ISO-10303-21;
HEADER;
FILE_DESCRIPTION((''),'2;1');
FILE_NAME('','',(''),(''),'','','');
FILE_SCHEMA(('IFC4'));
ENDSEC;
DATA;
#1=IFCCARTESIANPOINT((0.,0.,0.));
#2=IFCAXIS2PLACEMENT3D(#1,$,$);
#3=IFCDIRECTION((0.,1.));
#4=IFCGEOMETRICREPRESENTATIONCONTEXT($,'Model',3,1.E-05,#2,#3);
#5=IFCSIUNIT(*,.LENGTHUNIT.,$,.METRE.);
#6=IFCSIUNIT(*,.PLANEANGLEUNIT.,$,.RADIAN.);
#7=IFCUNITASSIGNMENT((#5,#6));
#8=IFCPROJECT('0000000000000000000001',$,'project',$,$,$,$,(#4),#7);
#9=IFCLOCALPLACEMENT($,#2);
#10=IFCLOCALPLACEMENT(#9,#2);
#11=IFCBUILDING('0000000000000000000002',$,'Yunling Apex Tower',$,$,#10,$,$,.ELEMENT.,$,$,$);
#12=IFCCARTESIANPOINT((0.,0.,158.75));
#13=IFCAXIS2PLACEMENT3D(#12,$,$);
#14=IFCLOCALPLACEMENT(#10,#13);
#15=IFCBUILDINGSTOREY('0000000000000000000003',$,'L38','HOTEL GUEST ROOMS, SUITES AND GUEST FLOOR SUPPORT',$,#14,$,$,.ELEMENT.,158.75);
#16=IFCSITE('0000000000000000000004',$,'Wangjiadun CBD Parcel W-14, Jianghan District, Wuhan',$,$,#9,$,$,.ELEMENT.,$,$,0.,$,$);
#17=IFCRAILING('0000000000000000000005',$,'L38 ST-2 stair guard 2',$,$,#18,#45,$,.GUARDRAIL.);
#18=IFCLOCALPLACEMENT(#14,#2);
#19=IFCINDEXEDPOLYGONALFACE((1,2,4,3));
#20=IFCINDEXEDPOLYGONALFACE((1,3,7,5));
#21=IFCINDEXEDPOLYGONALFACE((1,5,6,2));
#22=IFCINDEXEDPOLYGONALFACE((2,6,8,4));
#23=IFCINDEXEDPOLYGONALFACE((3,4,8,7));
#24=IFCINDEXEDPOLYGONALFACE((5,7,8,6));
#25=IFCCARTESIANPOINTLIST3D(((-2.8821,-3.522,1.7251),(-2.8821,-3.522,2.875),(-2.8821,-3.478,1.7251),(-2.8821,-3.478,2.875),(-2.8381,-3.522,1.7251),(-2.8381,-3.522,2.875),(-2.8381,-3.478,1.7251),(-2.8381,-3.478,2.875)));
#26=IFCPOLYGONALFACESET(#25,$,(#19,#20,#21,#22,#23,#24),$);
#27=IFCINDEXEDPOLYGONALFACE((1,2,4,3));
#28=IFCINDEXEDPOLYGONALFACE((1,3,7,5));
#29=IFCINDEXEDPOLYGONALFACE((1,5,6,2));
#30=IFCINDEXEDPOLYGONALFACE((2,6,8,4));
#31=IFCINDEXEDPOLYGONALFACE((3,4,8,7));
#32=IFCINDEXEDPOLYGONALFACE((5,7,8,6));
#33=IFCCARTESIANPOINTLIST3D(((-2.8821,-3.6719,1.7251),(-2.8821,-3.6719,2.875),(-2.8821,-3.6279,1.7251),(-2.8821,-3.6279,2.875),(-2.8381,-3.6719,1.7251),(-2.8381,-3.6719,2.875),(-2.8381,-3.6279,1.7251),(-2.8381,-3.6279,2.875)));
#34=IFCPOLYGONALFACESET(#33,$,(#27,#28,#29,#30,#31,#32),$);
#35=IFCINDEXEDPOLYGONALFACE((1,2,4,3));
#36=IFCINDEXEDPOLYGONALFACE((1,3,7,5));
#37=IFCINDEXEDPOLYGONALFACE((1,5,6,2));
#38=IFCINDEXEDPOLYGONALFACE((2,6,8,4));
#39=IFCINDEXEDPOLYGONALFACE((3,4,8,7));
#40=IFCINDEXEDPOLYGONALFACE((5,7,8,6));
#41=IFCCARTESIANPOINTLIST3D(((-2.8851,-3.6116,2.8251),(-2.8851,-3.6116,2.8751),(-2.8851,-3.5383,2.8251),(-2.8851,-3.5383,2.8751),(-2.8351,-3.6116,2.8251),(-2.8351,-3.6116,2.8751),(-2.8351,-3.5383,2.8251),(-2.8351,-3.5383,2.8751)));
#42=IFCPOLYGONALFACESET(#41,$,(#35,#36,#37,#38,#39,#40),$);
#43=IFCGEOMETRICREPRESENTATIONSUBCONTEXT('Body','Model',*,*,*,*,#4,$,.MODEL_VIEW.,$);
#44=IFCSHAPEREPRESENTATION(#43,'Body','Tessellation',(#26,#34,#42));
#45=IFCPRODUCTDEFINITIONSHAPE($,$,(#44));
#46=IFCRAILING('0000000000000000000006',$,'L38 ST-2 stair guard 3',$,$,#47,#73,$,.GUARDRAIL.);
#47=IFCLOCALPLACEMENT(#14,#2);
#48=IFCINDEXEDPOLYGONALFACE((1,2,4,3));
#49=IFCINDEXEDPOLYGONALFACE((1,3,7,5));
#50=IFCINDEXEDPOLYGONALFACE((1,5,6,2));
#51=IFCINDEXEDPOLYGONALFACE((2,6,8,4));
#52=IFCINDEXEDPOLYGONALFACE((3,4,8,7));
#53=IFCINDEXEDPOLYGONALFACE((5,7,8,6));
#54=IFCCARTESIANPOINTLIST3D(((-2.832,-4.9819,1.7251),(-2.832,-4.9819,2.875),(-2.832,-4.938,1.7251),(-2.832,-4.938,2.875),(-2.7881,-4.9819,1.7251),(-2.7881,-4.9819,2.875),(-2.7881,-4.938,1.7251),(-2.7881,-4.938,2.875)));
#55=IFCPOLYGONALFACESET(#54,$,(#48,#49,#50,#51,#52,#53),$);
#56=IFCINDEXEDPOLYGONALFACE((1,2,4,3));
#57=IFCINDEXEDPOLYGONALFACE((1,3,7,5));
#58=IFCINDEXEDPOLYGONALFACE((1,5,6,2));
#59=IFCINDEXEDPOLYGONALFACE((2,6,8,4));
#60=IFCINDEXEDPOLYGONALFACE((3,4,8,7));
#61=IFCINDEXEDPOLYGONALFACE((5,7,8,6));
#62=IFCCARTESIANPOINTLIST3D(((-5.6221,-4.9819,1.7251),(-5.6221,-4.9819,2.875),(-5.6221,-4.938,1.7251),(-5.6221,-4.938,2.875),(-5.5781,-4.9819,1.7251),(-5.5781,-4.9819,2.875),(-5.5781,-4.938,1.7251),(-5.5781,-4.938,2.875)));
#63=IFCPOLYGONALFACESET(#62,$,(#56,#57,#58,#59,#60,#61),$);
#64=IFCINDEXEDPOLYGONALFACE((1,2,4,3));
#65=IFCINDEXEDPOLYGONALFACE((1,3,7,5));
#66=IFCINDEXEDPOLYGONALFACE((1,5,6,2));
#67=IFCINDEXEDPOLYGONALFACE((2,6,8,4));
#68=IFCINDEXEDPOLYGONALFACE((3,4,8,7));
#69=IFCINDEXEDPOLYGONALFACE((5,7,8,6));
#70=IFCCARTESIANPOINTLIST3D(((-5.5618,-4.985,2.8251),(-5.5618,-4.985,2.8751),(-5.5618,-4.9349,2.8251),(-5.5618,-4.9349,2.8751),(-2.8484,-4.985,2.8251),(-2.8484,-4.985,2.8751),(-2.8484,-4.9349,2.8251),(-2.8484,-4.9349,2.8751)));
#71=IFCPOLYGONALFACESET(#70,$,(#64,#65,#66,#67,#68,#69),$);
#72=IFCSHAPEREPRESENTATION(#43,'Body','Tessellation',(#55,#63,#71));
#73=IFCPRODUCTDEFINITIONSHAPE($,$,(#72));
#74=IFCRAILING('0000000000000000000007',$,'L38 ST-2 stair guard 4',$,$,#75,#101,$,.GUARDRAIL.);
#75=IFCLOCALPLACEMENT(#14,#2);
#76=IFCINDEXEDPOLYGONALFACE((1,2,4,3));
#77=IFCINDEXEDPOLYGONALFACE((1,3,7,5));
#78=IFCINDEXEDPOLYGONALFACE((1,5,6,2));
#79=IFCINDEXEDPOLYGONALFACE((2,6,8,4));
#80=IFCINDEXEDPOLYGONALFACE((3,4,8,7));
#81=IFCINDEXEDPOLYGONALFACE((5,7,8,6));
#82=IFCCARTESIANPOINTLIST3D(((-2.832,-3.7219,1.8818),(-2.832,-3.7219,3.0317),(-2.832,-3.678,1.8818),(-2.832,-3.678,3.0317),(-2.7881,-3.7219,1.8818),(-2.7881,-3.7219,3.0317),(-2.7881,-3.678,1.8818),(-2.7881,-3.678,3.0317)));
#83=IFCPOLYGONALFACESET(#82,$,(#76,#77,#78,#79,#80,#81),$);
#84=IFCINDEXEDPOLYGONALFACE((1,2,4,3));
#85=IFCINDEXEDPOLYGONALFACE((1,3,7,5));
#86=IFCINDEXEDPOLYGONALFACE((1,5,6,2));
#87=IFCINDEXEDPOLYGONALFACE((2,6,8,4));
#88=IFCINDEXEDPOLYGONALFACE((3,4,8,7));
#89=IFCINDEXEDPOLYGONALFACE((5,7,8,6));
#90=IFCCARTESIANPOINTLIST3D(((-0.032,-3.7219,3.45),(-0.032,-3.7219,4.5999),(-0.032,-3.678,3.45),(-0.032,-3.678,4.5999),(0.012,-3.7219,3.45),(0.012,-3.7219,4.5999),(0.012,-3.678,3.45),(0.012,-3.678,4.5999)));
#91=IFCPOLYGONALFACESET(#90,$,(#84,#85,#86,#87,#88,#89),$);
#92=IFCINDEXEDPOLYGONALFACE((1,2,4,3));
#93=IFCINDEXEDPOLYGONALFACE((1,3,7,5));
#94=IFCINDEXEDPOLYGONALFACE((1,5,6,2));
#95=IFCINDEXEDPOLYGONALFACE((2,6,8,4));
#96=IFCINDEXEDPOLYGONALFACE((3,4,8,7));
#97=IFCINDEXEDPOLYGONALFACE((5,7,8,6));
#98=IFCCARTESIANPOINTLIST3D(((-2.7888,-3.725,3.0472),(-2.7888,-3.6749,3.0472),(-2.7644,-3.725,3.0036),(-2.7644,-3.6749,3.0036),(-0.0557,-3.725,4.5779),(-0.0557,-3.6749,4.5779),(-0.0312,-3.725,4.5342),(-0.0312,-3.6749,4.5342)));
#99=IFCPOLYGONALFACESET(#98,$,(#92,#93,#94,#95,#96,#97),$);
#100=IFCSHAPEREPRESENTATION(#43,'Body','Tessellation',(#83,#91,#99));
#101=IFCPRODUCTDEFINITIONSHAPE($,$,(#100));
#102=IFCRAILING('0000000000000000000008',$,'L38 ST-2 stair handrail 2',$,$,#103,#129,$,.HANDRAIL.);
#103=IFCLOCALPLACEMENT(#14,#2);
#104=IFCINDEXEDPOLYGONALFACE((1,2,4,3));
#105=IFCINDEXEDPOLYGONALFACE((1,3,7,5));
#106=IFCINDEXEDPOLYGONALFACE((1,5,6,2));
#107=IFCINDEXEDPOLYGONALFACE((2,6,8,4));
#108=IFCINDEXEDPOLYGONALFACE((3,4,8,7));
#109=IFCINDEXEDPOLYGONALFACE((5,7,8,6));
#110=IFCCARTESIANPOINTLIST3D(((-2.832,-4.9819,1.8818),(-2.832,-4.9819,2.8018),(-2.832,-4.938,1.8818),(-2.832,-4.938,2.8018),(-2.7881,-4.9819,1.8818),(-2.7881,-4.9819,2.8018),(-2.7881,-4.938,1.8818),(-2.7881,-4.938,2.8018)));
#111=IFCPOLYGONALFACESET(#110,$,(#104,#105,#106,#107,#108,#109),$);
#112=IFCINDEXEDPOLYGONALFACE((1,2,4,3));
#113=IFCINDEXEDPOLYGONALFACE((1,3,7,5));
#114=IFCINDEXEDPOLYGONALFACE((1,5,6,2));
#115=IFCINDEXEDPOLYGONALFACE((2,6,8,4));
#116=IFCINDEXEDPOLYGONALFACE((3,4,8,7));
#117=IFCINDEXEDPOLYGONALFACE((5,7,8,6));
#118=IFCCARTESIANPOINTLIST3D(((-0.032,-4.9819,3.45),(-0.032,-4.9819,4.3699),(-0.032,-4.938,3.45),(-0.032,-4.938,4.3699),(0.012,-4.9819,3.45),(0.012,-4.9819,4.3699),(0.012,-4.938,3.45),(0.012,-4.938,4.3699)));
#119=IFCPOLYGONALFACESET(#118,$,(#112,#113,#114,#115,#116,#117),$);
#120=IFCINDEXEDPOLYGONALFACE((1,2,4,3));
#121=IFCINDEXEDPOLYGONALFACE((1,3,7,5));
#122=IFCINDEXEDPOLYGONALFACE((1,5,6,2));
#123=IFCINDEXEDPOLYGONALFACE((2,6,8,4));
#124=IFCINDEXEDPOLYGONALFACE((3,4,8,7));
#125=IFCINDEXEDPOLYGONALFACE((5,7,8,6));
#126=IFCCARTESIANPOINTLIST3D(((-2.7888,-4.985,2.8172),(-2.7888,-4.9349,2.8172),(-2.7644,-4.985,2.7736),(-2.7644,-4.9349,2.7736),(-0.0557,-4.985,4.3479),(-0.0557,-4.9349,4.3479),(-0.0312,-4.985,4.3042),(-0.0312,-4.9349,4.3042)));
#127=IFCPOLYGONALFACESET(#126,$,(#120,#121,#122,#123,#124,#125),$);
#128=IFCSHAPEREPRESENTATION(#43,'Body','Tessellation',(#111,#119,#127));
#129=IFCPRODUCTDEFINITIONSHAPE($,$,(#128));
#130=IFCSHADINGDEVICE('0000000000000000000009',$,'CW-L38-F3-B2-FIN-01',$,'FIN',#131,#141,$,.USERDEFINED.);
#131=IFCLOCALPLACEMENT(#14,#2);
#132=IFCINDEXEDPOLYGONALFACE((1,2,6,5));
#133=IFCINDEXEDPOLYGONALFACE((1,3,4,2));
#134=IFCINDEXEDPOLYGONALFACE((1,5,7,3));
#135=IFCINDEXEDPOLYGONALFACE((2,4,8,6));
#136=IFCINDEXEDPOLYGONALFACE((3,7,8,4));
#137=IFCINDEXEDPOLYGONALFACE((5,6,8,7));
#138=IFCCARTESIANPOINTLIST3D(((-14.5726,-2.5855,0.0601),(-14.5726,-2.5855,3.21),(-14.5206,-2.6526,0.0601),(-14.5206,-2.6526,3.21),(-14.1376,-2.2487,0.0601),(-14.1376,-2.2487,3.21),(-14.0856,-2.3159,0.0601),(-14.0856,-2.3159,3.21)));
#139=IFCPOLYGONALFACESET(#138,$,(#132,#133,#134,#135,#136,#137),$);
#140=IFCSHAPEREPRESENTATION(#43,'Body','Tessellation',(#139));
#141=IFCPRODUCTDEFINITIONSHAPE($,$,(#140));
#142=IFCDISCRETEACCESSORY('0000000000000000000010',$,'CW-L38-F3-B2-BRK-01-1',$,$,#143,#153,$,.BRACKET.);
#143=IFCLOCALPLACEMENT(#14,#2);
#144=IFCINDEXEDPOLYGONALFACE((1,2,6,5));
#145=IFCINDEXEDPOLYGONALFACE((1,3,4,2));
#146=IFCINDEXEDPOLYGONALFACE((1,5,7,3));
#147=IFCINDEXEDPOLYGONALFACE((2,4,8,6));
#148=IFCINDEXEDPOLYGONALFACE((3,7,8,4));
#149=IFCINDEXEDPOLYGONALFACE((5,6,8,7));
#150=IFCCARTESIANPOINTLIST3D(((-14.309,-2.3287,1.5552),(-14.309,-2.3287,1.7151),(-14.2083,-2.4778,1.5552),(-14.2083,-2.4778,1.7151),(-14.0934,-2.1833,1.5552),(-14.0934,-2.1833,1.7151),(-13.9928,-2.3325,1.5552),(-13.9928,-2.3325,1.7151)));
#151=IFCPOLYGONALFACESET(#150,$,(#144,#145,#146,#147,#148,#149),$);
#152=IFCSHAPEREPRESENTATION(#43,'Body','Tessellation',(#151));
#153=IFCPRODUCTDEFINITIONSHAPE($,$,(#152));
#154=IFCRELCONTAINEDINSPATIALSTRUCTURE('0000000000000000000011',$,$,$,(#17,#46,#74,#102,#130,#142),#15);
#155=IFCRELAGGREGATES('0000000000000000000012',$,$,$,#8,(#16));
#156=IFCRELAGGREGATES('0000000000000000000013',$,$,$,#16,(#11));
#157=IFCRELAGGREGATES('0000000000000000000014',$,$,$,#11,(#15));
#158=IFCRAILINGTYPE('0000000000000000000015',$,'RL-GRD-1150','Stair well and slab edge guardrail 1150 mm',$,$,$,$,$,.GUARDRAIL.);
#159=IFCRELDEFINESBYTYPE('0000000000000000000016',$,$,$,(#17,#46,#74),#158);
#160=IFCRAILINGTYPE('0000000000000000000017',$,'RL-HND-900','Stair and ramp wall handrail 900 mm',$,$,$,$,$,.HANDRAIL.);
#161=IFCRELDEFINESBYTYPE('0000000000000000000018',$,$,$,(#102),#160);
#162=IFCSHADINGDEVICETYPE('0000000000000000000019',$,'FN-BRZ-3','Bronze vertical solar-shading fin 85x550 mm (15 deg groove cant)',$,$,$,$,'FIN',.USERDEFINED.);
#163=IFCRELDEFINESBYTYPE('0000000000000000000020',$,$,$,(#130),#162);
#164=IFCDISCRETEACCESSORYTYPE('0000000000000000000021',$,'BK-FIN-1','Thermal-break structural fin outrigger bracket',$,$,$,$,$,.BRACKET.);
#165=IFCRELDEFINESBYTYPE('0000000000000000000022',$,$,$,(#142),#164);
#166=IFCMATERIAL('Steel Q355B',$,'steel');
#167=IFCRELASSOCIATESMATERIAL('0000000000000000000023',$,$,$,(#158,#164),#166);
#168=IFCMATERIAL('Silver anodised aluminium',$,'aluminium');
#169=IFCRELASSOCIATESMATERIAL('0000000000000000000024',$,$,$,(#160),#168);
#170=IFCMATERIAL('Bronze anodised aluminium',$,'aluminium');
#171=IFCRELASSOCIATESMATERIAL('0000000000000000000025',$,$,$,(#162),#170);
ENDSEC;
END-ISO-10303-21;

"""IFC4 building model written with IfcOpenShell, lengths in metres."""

from ifc_helpers import new_model, si_unit, direction, frame, origin, origin_2d, place, context, subcontext, project, spatial, rectangle, extrude, source, transform, mapped, material, material_profile, profile_set, type_object, element, save


model = new_model("IFC4")

# Units and contexts
model_context = context("Model", 3, precision=1e-05, world=origin(), true_north=direction((0.0, 1.0)))
body_context = subcontext(model_context, "Body", "Model", "MODEL_VIEW")
ifc_project = project(units=[si_unit("LENGTHUNIT", "METRE"), si_unit("PLANEANGLEUNIT", "RADIAN")], contexts=[model_context])

# Site, building, storey
site_placement = place(None, origin())
site = spatial("IfcSite", under=ifc_project, at=site_placement, Name="Wangjiadun CBD Parcel W-14, Jianghan District, Wuhan", CompositionType="ELEMENT", RefElevation=0.0)
building_placement = place(site_placement, origin())
building = spatial("IfcBuilding", under=site, at=building_placement, Name="Yunling Apex Tower", CompositionType="ELEMENT")
storey_placement = place(building_placement, frame((0.0, 0.0, 158.75)))
storey = spatial("IfcBuildingStorey", under=building, at=storey_placement, Name="L38", Description="HOTEL GUEST ROOMS, SUITES AND GUEST FLOOR SUPPORT", CompositionType="ELEMENT", Elevation=158.75)

# Shared definitions
ifc_material_1 = material(Name="Steel Q355B", Category="steel")

# Shared definitions
ifc_material_2 = material(Name="Bronze anodised aluminium", Category="aluminium")

# Railings
railing_type_1 = type_object("IfcRailingType", Name="RL-GRD-1150", Description="Stair well and slab edge guardrail 1150 mm", PredefinedType="GUARDRAIL", material=ifc_material_1)
railing_1_placement = place(storey_placement, frame((-2.8601, -3.5, 1.7251)))
element("IfcRailing", 1, at=railing_1_placement, inside=storey, type_object=railing_type_1, Name="L38 ST-2 stair guard 2", PredefinedType="GUARDRAIL", context=body_context, shape_type="SweptSolid", body=[
    extrude(rectangle(XDim=0.0439, YDim=0.0439, at=origin_2d()), origin(), (0.0, 0.0, 1.0), 1.1499),
    extrude(rectangle(XDim=0.0439, YDim=0.0439, at=origin_2d()), frame((0.0, -0.1499, 0.0)), (0.0, 0.0, 1.0), 1.1499),
    extrude(rectangle(XDim=0.05, YDim=0.05, at=origin_2d()), frame((0.0, -0.0383, 1.125), z_axis=(0.0, -1.0, 0.0), x_axis=(1.0, 0.0, 0.0)), (0.0, 0.0, 1.0), 0.0732),
])
railing_2_placement = place(storey_placement, frame((-2.8101, -4.96, 1.7251)))
element("IfcRailing", 2, at=railing_2_placement, inside=storey, type_object=railing_type_1, Name="L38 ST-2 stair guard 3", PredefinedType="GUARDRAIL", context=body_context, shape_type="SweptSolid", body=[
    extrude(rectangle(XDim=0.0439, YDim=0.0439, at=origin_2d()), origin(), (0.0, 0.0, 1.0), 1.1499),
    extrude(rectangle(XDim=0.0439, YDim=0.0439, at=origin_2d()), frame((-2.79, 0.0, 0.0)), (0.0, 0.0, 1.0), 1.1499),
    extrude(rectangle(XDim=0.05, YDim=0.05, at=origin_2d()), frame((-0.0383, 0.0, 1.125), z_axis=(-1.0, 0.0, 0.0), x_axis=(0.0, -1.0, 0.0)), (0.0, 0.0, 1.0), 2.7134),
])
railing_3_placement = place(storey_placement, frame((-2.8101, -3.7, 1.8818)))
element("IfcRailing", 3, at=railing_3_placement, inside=storey, type_object=railing_type_1, Name="L38 ST-2 stair guard 4", PredefinedType="GUARDRAIL", context=body_context, shape_type="SweptSolid", body=[
    extrude(rectangle(XDim=0.0439, YDim=0.0439, at=origin_2d()), origin(), (0.0, 0.0, 1.0), 1.1499),
    extrude(rectangle(XDim=0.0439, YDim=0.0439, at=origin_2d()), frame((2.8, 0.0, 1.5681)), (0.0, 0.0, 1.0), 1.1499),
    extrude(rectangle(XDim=0.05, YDim=0.05, at=origin_2d()), frame((0.0334, 0.0, 1.1436), z_axis=(0.872494, 0.0, 0.488624), x_axis=(0.0, 1.0, 0.0)), (0.0, 0.0, 1.0), 3.1326),
])
ifc_material_3 = material(Name="Silver anodised aluminium", Category="aluminium")
railing_type_2 = type_object("IfcRailingType", Name="RL-HND-900", Description="Stair and ramp wall handrail 900 mm", PredefinedType="HANDRAIL", material=ifc_material_3)
railing_4_placement = place(storey_placement, frame((-2.8101, -4.96, 1.8818)))
element("IfcRailing", 4, at=railing_4_placement, inside=storey, type_object=railing_type_2, Name="L38 ST-2 stair handrail 2", PredefinedType="HANDRAIL", context=body_context, shape_type="SweptSolid", body=[
    extrude(rectangle(XDim=0.0439, YDim=0.0439, at=origin_2d()), origin(), (0.0, 0.0, 1.0), 0.9199),
    extrude(rectangle(XDim=0.0439, YDim=0.0439, at=origin_2d()), frame((2.8, 0.0, 1.5681)), (0.0, 0.0, 1.0), 0.9199),
    extrude(rectangle(XDim=0.05, YDim=0.05, at=origin_2d()), frame((0.0334, 0.0, 0.9136), z_axis=(0.872494, 0.0, 0.488624), x_axis=(0.0, 1.0, 0.0)), (0.0, 0.0, 1.0), 3.1326),
])

# Shading device
ifc_material_profile_1 = material_profile(ifc_material_2, rectangle(XDim=0.085, YDim=0.55, at=origin_2d()))
ifc_profile_set_1 = profile_set([ifc_material_profile_1], Name="Bronze anodised aluminium")
shading_device_type = type_object("IfcShadingDeviceType", Name="FN-BRZ-3", Description="Bronze vertical solar-shading fin 85x550 mm (15 deg groove cant)", ElementType="FIN", PredefinedType="USERDEFINED", material=ifc_profile_set_1)
shared_shape_1 = source(origin(), body_context, "Body", "SweptSolid", [
    extrude(rectangle(XDim=0.085, YDim=0.55, at=origin_2d()), origin(), (0.0, 0.0, 1.0), 3.1499),
])
shading_device_placement = place(storey_placement, frame((-14.3291, -2.4507, 0.0601), z_axis=(0.0, 0.0, 1.0), x_axis=(0.612217, -0.79069, 0.0)))
element("IfcShadingDevice", 5, at=shading_device_placement, inside=storey, type_object=shading_device_type, Name="CW-L38-F3-B2-FIN-01", ObjectType="FIN", PredefinedType="USERDEFINED", context=body_context, shape_type="MappedRepresentation", body=[
    mapped(shared_shape_1, transform((0.0, 0.0, 0.0), scale=1.0)),
])

# Discrete accessory
discrete_accessory_type = type_object("IfcDiscreteAccessoryType", Name="BK-FIN-1", Description="Thermal-break structural fin outrigger bracket", PredefinedType="BRACKET", material=ifc_material_1)
shared_shape_2 = source(origin(), body_context, "Body", "SweptSolid", [
    extrude(rectangle(XDim=0.1799, YDim=0.26, at=origin_2d()), origin(), (0.0, 0.0, 1.0), 0.1599),
])
discrete_accessory_placement = place(storey_placement, frame((-14.1509, -2.3306, 1.5552), z_axis=(0.0, 0.0, 1.0), x_axis=(0.559193, -0.829038, 0.0)))
element("IfcDiscreteAccessory", 6, at=discrete_accessory_placement, inside=storey, type_object=discrete_accessory_type, Name="CW-L38-F3-B2-BRK-01-1", PredefinedType="BRACKET", context=body_context, shape_type="MappedRepresentation", body=[
    mapped(shared_shape_2, transform((0.0, 0.0, 0.0), scale=1.0)),
])

save(model, "model.ifc")
